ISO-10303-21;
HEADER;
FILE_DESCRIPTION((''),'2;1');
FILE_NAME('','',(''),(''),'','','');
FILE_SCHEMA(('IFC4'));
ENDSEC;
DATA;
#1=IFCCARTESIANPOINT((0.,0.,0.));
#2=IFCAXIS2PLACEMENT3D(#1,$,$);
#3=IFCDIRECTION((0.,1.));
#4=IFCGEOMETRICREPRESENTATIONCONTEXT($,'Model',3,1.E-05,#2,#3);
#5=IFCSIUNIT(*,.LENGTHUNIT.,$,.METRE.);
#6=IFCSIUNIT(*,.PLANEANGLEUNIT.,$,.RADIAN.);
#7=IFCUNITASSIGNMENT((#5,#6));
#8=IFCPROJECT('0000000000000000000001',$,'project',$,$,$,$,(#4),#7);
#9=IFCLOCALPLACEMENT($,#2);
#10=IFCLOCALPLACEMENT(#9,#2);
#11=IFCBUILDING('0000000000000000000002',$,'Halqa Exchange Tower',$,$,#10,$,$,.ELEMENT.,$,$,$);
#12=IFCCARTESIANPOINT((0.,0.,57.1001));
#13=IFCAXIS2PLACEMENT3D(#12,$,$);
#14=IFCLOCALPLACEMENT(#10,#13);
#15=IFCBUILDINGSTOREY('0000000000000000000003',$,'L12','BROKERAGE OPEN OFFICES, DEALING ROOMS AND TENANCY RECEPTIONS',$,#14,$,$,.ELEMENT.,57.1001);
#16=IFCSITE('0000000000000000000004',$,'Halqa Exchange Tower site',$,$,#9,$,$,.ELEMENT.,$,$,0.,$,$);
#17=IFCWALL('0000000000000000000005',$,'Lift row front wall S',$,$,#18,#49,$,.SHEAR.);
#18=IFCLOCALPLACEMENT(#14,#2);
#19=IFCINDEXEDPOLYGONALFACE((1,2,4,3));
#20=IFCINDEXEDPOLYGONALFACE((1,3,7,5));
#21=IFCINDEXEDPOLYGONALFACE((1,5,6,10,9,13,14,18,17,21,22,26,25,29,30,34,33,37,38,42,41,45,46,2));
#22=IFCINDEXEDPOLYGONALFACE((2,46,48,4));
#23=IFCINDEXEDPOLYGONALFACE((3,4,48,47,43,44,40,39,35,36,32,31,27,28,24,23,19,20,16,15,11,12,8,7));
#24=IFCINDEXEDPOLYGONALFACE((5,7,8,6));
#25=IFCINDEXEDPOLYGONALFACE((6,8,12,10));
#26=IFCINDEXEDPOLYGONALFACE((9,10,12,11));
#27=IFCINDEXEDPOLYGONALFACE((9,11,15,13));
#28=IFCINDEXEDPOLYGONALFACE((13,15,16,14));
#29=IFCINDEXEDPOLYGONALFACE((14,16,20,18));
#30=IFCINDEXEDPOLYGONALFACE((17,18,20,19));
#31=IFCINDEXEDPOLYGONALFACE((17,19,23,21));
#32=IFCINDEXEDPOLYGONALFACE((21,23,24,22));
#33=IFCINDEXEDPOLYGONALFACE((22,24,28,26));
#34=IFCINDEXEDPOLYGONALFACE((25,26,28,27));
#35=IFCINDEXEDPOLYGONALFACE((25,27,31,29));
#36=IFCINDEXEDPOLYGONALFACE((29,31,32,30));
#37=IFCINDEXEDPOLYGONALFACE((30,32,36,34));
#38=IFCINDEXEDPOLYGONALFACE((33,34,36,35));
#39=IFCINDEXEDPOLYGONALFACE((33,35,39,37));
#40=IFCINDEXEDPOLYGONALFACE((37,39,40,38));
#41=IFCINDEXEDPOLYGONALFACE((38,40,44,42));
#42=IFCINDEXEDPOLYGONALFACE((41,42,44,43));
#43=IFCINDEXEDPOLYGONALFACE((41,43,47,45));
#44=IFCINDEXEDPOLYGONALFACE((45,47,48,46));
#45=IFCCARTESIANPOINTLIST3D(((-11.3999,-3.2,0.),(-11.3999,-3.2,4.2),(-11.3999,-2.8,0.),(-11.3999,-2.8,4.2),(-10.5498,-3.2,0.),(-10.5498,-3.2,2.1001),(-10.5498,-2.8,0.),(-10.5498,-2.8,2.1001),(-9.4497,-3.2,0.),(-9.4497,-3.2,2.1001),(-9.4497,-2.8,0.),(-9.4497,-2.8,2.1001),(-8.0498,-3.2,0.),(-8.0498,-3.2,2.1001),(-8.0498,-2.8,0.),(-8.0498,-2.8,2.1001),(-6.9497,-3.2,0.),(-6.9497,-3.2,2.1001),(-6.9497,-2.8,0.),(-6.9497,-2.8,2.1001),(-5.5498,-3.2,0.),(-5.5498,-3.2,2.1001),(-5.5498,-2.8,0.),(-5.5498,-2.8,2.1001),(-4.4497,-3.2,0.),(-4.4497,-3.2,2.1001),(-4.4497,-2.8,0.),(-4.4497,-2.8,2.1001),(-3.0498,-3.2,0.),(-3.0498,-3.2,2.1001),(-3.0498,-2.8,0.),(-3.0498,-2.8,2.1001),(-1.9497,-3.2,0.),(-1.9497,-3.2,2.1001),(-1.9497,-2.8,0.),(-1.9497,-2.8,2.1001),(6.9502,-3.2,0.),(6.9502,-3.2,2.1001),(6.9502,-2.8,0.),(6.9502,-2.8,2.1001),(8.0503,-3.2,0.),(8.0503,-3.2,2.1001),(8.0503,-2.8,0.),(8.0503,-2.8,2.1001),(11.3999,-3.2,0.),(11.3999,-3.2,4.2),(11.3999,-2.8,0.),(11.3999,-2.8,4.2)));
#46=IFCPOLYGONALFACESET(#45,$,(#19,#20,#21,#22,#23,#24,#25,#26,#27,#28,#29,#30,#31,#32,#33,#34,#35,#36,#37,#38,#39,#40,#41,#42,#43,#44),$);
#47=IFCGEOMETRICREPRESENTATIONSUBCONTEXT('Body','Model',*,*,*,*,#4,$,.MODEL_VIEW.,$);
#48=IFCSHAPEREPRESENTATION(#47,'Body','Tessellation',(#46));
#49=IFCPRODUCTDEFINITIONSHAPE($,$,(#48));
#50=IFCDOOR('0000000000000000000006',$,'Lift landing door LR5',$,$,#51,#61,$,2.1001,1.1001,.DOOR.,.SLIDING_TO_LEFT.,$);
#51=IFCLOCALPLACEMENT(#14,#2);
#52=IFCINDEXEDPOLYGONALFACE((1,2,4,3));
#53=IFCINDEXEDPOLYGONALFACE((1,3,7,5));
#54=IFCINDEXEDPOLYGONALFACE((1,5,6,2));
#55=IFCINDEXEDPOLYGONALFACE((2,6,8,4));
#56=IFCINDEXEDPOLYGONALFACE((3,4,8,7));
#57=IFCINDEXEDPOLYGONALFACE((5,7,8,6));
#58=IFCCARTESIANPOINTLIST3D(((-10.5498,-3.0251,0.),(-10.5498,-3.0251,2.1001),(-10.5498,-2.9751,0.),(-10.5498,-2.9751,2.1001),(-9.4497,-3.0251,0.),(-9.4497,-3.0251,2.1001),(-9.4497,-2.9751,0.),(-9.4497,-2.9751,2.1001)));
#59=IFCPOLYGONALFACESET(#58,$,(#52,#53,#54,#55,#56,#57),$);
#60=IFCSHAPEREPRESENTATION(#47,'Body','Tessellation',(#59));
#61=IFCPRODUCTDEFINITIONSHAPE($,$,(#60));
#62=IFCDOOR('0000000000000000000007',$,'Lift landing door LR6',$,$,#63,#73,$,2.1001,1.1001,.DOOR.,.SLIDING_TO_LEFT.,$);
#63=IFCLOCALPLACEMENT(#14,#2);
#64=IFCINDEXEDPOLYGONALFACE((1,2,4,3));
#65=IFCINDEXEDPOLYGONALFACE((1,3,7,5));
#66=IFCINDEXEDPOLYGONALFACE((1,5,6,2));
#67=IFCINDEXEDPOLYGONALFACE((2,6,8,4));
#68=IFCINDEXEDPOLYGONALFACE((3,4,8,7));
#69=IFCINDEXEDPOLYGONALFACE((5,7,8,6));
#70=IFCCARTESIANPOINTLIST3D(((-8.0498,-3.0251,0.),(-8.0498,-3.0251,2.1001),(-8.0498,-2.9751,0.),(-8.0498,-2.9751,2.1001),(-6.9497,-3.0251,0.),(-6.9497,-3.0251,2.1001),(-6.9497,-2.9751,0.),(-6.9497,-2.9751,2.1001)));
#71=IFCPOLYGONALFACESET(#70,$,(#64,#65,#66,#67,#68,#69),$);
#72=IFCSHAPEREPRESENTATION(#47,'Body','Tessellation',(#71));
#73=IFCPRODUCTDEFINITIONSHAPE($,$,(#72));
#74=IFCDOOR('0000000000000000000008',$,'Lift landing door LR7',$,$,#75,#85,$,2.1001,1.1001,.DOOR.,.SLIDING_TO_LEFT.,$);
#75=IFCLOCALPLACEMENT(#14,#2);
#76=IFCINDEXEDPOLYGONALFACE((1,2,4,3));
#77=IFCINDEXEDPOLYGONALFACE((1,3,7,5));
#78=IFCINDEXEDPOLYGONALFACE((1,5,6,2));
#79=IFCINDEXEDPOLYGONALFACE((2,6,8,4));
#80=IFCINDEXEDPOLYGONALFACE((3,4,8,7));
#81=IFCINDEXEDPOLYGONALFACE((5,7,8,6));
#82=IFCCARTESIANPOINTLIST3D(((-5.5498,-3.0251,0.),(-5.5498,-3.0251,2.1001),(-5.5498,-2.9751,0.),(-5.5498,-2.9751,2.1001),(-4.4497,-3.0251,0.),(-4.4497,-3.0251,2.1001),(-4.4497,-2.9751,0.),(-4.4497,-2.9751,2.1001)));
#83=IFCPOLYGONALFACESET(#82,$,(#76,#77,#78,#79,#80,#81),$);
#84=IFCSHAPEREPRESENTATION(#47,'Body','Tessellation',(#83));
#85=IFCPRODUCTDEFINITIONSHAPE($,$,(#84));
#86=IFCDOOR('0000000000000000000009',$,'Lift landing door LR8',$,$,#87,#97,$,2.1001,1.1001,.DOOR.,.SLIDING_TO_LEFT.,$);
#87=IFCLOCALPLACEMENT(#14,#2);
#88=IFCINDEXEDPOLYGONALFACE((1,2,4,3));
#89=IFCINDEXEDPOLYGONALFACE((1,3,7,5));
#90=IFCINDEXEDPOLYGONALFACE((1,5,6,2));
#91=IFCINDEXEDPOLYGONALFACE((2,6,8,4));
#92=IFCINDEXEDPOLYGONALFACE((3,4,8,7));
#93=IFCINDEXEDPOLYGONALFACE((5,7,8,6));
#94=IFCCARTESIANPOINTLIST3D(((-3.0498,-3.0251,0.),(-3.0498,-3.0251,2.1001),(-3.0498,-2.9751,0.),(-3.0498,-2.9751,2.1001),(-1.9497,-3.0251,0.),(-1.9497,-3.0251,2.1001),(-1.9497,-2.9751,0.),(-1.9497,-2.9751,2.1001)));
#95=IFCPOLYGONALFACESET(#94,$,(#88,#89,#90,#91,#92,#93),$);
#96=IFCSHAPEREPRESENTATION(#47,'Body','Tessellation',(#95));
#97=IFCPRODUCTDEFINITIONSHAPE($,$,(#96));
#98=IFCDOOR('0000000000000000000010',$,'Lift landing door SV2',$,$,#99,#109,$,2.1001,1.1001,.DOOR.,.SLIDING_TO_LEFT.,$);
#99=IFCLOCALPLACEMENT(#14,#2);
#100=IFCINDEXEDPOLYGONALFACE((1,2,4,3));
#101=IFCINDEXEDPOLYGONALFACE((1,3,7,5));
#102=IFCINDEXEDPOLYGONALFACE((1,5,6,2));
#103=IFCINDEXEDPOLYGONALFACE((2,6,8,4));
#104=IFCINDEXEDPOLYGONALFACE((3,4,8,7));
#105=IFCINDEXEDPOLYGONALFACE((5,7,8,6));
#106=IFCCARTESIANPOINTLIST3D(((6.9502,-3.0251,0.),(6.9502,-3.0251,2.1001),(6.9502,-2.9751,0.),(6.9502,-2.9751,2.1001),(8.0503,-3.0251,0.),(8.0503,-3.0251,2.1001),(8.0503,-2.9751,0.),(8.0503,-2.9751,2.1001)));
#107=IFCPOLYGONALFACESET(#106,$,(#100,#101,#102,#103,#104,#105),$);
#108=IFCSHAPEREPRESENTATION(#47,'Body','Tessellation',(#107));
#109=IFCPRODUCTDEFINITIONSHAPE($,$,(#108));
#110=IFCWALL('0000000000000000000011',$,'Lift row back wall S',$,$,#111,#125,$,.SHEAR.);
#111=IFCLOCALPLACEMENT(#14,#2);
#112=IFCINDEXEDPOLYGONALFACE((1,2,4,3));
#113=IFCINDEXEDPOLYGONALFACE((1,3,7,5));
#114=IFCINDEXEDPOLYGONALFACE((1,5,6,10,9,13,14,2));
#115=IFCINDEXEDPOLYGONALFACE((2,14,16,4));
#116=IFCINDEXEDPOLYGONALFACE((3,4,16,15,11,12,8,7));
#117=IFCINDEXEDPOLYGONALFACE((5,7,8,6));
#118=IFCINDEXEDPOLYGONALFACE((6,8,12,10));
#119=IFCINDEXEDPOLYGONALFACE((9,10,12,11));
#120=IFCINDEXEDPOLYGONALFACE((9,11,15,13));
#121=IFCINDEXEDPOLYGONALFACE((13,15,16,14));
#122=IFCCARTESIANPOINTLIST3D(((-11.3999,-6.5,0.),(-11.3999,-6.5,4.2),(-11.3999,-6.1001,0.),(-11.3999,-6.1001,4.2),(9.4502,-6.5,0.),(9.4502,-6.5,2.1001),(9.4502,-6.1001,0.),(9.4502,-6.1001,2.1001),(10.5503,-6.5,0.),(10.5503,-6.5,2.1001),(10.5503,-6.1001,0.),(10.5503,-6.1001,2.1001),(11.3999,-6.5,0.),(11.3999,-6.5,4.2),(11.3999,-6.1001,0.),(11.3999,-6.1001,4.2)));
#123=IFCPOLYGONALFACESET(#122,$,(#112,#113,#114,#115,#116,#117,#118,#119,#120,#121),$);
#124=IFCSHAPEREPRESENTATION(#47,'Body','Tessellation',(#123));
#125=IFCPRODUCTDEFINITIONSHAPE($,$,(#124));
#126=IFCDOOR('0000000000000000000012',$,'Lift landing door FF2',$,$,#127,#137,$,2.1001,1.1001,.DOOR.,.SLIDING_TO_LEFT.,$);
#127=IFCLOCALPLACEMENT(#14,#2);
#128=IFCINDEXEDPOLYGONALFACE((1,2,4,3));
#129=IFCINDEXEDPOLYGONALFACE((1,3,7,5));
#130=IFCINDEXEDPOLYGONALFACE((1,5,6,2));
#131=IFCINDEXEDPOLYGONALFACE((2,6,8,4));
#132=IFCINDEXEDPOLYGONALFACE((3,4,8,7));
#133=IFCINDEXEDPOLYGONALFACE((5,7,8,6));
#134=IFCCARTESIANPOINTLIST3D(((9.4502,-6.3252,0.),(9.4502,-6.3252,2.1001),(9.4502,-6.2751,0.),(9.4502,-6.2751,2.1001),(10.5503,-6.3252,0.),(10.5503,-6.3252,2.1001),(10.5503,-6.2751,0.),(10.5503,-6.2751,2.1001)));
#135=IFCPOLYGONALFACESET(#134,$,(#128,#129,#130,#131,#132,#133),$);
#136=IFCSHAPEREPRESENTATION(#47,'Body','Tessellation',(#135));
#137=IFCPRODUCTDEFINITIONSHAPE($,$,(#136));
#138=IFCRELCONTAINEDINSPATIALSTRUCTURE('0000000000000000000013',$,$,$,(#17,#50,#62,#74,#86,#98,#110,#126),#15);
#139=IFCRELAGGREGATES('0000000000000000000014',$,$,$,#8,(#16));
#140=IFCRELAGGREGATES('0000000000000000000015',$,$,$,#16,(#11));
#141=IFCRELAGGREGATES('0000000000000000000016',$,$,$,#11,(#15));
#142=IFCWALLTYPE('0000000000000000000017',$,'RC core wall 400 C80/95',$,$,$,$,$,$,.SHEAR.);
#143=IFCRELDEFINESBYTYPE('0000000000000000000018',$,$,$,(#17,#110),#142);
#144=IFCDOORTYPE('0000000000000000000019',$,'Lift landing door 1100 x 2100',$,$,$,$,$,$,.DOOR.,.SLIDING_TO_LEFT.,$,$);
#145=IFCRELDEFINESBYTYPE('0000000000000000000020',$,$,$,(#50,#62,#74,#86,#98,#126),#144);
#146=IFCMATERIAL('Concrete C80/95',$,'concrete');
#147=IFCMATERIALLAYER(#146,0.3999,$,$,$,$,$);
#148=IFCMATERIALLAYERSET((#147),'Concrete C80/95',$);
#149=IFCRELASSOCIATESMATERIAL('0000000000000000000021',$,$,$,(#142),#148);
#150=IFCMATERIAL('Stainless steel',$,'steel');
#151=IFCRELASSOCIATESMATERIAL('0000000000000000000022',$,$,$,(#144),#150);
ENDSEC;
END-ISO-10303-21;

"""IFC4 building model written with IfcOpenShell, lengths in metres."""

from ifc_helpers import new_model, si_unit, direction, frame, frame_2d, origin, place, context, subcontext, project, spatial, rectangle, extrude, material, layer, layer_set, type_object, element, fill, save


model = new_model("IFC4")

# Units and contexts
model_context = context("Model", 3, precision=1e-05, world=origin(), true_north=direction((0.0, 1.0)))
body_context = subcontext(model_context, "Body", "Model", "MODEL_VIEW")
ifc_project = project(units=[si_unit("LENGTHUNIT", "METRE"), si_unit("PLANEANGLEUNIT", "RADIAN")], contexts=[model_context])

# Site, building, storey
site_placement = place(None, origin())
site = spatial("IfcSite", under=ifc_project, at=site_placement, Name="Halqa Exchange Tower site", CompositionType="ELEMENT", RefElevation=0.0)
building_placement = place(site_placement, origin())
building = spatial("IfcBuilding", under=site, at=building_placement, Name="Halqa Exchange Tower", CompositionType="ELEMENT")
storey_placement = place(building_placement, frame((0.0, 0.0, 57.1001)))
storey = spatial("IfcBuildingStorey", under=building, at=storey_placement, Name="L12", Description="BROKERAGE OPEN OFFICES, DEALING ROOMS AND TENANCY RECEPTIONS", CompositionType="ELEMENT", Elevation=57.1001)

# Wall, openings, doors
ifc_material_1 = material(Name="Concrete C80/95", Category="concrete")
ifc_layer_1 = layer(ifc_material_1, 0.3999)
ifc_layer_set_1 = layer_set([ifc_layer_1], Name="Concrete C80/95")
wall_type_1 = type_object("IfcWallType", Name="RC core wall 400 C80/95", PredefinedType="SHEAR", material=ifc_layer_set_1)
wall_1_placement = place(storey_placement, frame((-11.3999, -3.0, 0.0), z_axis=(0.0, 0.0, 1.0), x_axis=(1.0, 0.0, 0.0)))
wall_1 = element("IfcWall", 1, at=wall_1_placement, inside=storey, type_object=wall_type_1, Name="Lift row front wall S", PredefinedType="SHEAR", context=body_context, shape_type="SweptSolid", body=[
    extrude(rectangle(XDim=22.7998, YDim=0.3999, at=frame_2d((11.3999, 0.0))), origin(), (0.0, 0.0, 1.0), 4.2),
])
opening_1_placement = place(wall_1_placement, frame((0.8501, 0.0, 0.0)))
opening_1 = element("IfcOpeningElement", 2, at=opening_1_placement, cuts=wall_1, PredefinedType="OPENING", context=body_context, shape_type="SweptSolid", body=[
    extrude(rectangle(XDim=1.1001, YDim=2.1001, at=frame_2d((0.55, 1.05))), frame((0.0, 0.2119, 0.0), z_axis=(0.0, -1.0, 0.0), x_axis=(1.0, 0.0, 0.0)), (0.0, 0.0, 1.0), 0.4238),
])
opening_2_placement = place(wall_1_placement, frame((3.3501, 0.0, 0.0)))
opening_2 = element("IfcOpeningElement", 3, at=opening_2_placement, cuts=wall_1, PredefinedType="OPENING", context=body_context, shape_type="SweptSolid", body=[
    extrude(rectangle(XDim=1.1001, YDim=2.1001, at=frame_2d((0.55, 1.05))), frame((0.0, 0.2119, 0.0), z_axis=(0.0, -1.0, 0.0), x_axis=(1.0, 0.0, 0.0)), (0.0, 0.0, 1.0), 0.4238),
])
opening_3_placement = place(wall_1_placement, frame((5.8501, 0.0, 0.0)))
opening_3 = element("IfcOpeningElement", 4, at=opening_3_placement, cuts=wall_1, PredefinedType="OPENING", context=body_context, shape_type="SweptSolid", body=[
    extrude(rectangle(XDim=1.1001, YDim=2.1001, at=frame_2d((0.55, 1.05))), frame((0.0, 0.2119, 0.0), z_axis=(0.0, -1.0, 0.0), x_axis=(1.0, 0.0, 0.0)), (0.0, 0.0, 1.0), 0.4238),
])
opening_4_placement = place(wall_1_placement, frame((8.3501, 0.0, 0.0)))
opening_4 = element("IfcOpeningElement", 5, at=opening_4_placement, cuts=wall_1, PredefinedType="OPENING", context=body_context, shape_type="SweptSolid", body=[
    extrude(rectangle(XDim=1.1001, YDim=2.1001, at=frame_2d((0.55, 1.05))), frame((0.0, 0.2119, 0.0), z_axis=(0.0, -1.0, 0.0), x_axis=(1.0, 0.0, 0.0)), (0.0, 0.0, 1.0), 0.4238),
])
opening_5_placement = place(wall_1_placement, frame((18.3501, 0.0, 0.0)))
opening_5 = element("IfcOpeningElement", 6, at=opening_5_placement, cuts=wall_1, PredefinedType="OPENING", context=body_context, shape_type="SweptSolid", body=[
    extrude(rectangle(XDim=1.1001, YDim=2.1001, at=frame_2d((0.55, 1.05))), frame((0.0, 0.2119, 0.0), z_axis=(0.0, -1.0, 0.0), x_axis=(1.0, 0.0, 0.0)), (0.0, 0.0, 1.0), 0.4238),
])
ifc_material_2 = material(Name="Stainless steel", Category="steel")
door_type = type_object("IfcDoorType", Name="Lift landing door 1100 x 2100", OperationType="SLIDING_TO_LEFT", PredefinedType="DOOR", material=ifc_material_2)
door_1_placement = place(opening_1_placement, origin())
door_1 = element("IfcDoor", 7, at=door_1_placement, inside=storey, type_object=door_type, Name="Lift landing door LR5", OperationType="SLIDING_TO_LEFT", OverallHeight=2.1001, OverallWidth=1.1001, PredefinedType="DOOR", context=body_context, shape_type="SweptSolid", body=[
    extrude(rectangle(XDim=1.1001, YDim=2.1001, at=frame_2d((0.55, 1.05))), frame((0.0, 0.0249, 0.0), z_axis=(0.0, -1.0, 0.0), x_axis=(1.0, 0.0, 0.0)), (0.0, 0.0, 1.0), 0.05),
])
fill(opening_1, door_1)
door_2_placement = place(opening_2_placement, origin())
door_2 = element("IfcDoor", 8, at=door_2_placement, inside=storey, type_object=door_type, Name="Lift landing door LR6", OperationType="SLIDING_TO_LEFT", OverallHeight=2.1001, OverallWidth=1.1001, PredefinedType="DOOR", context=body_context, shape_type="SweptSolid", body=[
    extrude(rectangle(XDim=1.1001, YDim=2.1001, at=frame_2d((0.55, 1.05))), frame((0.0, 0.0249, 0.0), z_axis=(0.0, -1.0, 0.0), x_axis=(1.0, 0.0, 0.0)), (0.0, 0.0, 1.0), 0.05),
])
fill(opening_2, door_2)
door_3_placement = place(opening_3_placement, origin())
door_3 = element("IfcDoor", 9, at=door_3_placement, inside=storey, type_object=door_type, Name="Lift landing door LR7", OperationType="SLIDING_TO_LEFT", OverallHeight=2.1001, OverallWidth=1.1001, PredefinedType="DOOR", context=body_context, shape_type="SweptSolid", body=[
    extrude(rectangle(XDim=1.1001, YDim=2.1001, at=frame_2d((0.55, 1.05))), frame((0.0, 0.0249, 0.0), z_axis=(0.0, -1.0, 0.0), x_axis=(1.0, 0.0, 0.0)), (0.0, 0.0, 1.0), 0.05),
])
fill(opening_3, door_3)
door_4_placement = place(opening_4_placement, origin())
door_4 = element("IfcDoor", 10, at=door_4_placement, inside=storey, type_object=door_type, Name="Lift landing door LR8", OperationType="SLIDING_TO_LEFT", OverallHeight=2.1001, OverallWidth=1.1001, PredefinedType="DOOR", context=body_context, shape_type="SweptSolid", body=[
    extrude(rectangle(XDim=1.1001, YDim=2.1001, at=frame_2d((0.55, 1.05))), frame((0.0, 0.0249, 0.0), z_axis=(0.0, -1.0, 0.0), x_axis=(1.0, 0.0, 0.0)), (0.0, 0.0, 1.0), 0.05),
])
fill(opening_4, door_4)
door_5_placement = place(opening_5_placement, origin())
door_5 = element("IfcDoor", 11, at=door_5_placement, inside=storey, type_object=door_type, Name="Lift landing door SV2", OperationType="SLIDING_TO_LEFT", OverallHeight=2.1001, OverallWidth=1.1001, PredefinedType="DOOR", context=body_context, shape_type="SweptSolid", body=[
    extrude(rectangle(XDim=1.1001, YDim=2.1001, at=frame_2d((0.55, 1.05))), frame((0.0, 0.0249, 0.0), z_axis=(0.0, -1.0, 0.0), x_axis=(1.0, 0.0, 0.0)), (0.0, 0.0, 1.0), 0.05),
])
fill(opening_5, door_5)

# Wall, opening, door
wall_2_placement = place(storey_placement, frame((-11.3999, -6.3, 0.0), z_axis=(0.0, 0.0, 1.0), x_axis=(1.0, 0.0, 0.0)))
wall_2 = element("IfcWall", 12, at=wall_2_placement, inside=storey, type_object=wall_type_1, Name="Lift row back wall S", PredefinedType="SHEAR", context=body_context, shape_type="SweptSolid", body=[
    extrude(rectangle(XDim=22.7998, YDim=0.3999, at=frame_2d((11.3999, 0.0))), origin(), (0.0, 0.0, 1.0), 4.2),
])
opening_6_placement = place(wall_2_placement, frame((20.8501, 0.0, 0.0)))
opening_6 = element("IfcOpeningElement", 13, at=opening_6_placement, cuts=wall_2, PredefinedType="OPENING", context=body_context, shape_type="SweptSolid", body=[
    extrude(rectangle(XDim=1.1001, YDim=2.1001, at=frame_2d((0.55, 1.05))), frame((0.0, 0.2119, 0.0), z_axis=(0.0, -1.0, 0.0), x_axis=(1.0, 0.0, 0.0)), (0.0, 0.0, 1.0), 0.4238),
])
door_6_placement = place(opening_6_placement, origin())
door_6 = element("IfcDoor", 14, at=door_6_placement, inside=storey, type_object=door_type, Name="Lift landing door FF2", OperationType="SLIDING_TO_LEFT", OverallHeight=2.1001, OverallWidth=1.1001, PredefinedType="DOOR", context=body_context, shape_type="SweptSolid", body=[
    extrude(rectangle(XDim=1.1001, YDim=2.1001, at=frame_2d((0.55, 1.05))), frame((0.0, 0.0249, 0.0), z_axis=(0.0, -1.0, 0.0), x_axis=(1.0, 0.0, 0.0)), (0.0, 0.0, 1.0), 0.05),
])
fill(opening_6, door_6)

save(model, "model.ifc")
